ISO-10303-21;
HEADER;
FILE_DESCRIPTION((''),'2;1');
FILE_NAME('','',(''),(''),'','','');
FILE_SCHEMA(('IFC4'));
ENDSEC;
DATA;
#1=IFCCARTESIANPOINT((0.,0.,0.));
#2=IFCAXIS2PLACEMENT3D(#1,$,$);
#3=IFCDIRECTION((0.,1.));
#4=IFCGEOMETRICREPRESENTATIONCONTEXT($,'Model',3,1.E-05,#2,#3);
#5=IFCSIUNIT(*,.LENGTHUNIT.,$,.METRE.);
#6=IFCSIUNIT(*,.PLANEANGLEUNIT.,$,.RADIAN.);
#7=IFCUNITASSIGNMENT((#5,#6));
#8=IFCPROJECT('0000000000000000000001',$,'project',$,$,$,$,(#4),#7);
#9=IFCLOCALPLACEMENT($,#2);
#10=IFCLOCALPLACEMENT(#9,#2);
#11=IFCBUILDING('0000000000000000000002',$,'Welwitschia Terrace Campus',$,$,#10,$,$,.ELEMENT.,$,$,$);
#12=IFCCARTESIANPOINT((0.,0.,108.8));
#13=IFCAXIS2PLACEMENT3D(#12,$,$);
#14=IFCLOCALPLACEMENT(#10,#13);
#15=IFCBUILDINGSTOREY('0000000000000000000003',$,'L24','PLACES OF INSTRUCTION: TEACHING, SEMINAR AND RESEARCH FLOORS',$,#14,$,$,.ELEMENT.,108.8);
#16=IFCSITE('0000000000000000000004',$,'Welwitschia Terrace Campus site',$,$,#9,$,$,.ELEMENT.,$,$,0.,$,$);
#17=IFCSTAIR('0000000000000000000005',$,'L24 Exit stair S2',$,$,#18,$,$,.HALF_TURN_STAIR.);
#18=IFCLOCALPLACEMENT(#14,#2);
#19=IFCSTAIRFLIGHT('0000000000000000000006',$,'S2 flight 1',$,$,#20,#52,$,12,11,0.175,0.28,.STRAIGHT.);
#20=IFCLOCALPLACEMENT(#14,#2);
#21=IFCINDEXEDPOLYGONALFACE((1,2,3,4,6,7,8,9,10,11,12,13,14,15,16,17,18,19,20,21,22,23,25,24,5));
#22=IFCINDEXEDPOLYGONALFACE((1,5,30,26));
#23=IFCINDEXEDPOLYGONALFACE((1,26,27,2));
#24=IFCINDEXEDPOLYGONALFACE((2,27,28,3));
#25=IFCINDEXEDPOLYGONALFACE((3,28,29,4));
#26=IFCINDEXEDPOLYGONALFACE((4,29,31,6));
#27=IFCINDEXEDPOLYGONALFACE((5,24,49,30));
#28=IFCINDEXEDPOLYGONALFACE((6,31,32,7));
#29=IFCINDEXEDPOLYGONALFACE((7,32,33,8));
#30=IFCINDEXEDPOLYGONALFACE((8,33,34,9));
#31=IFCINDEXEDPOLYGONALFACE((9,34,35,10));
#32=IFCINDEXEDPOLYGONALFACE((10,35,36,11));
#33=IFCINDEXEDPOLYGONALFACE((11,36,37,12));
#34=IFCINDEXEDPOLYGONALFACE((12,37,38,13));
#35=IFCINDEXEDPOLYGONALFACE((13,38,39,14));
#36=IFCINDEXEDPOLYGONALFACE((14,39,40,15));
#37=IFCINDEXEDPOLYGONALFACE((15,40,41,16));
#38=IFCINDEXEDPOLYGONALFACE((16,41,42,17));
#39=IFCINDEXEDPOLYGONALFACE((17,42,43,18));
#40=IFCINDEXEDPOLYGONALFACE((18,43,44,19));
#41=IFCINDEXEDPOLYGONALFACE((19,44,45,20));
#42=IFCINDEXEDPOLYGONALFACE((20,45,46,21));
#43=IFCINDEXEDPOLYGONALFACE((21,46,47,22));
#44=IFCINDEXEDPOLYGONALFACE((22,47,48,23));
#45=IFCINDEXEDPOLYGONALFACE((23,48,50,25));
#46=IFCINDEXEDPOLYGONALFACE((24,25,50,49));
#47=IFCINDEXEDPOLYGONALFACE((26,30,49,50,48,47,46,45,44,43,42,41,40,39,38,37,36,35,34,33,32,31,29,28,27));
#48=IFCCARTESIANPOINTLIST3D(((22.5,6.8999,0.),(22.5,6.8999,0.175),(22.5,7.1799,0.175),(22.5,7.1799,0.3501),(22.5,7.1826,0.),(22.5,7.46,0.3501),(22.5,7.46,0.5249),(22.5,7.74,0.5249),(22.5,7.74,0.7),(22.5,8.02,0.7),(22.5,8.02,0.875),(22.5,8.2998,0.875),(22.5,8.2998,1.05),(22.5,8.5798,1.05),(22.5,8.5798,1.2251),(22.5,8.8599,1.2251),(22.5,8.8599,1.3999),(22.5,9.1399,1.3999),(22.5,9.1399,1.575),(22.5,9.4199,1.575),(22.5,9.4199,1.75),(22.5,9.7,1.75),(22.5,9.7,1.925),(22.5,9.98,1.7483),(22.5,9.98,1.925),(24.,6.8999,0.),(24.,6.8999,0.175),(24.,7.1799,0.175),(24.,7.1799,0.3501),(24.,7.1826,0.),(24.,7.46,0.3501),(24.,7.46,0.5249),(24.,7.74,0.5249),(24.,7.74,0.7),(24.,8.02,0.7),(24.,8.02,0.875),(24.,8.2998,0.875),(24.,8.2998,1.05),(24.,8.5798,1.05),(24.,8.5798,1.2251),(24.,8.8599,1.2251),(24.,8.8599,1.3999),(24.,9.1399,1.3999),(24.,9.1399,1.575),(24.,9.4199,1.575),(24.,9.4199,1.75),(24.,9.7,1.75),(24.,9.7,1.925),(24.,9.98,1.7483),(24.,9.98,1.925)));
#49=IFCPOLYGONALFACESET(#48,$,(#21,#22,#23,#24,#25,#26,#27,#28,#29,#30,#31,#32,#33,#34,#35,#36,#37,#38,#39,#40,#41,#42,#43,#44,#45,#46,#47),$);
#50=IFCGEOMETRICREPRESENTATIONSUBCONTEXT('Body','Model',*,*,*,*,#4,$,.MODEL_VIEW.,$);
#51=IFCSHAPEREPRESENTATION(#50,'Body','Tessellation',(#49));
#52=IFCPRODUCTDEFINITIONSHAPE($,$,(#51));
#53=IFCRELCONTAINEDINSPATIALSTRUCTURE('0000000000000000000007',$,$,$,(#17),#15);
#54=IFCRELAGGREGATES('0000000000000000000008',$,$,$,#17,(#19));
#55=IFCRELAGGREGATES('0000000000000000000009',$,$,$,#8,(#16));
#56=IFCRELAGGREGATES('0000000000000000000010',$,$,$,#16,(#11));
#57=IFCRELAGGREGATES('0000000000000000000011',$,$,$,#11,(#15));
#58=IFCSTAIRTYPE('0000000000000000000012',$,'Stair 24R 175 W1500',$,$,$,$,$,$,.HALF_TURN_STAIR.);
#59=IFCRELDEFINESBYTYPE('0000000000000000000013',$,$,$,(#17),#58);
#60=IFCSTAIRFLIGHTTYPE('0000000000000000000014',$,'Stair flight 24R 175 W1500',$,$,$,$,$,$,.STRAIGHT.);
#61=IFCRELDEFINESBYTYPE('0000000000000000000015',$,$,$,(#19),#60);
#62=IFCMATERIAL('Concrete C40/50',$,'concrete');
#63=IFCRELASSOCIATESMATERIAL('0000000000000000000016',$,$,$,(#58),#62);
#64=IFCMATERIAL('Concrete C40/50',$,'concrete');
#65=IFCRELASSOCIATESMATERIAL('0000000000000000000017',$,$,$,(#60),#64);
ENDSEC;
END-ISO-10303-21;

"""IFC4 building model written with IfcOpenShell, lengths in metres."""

from ifc_helpers import new_model, si_unit, direction, frame, origin, place, context, subcontext, project, spatial, polyline, outline, extrude, material, type_object, element, aggregate, save


model = new_model("IFC4")

# Units and contexts
model_context = context("Model", 3, precision=1e-05, world=origin(), true_north=direction((0.0, 1.0)))
body_context = subcontext(model_context, "Body", "Model", "MODEL_VIEW")
ifc_project = project(units=[si_unit("LENGTHUNIT", "METRE"), si_unit("PLANEANGLEUNIT", "RADIAN")], contexts=[model_context])

# Site, building, storey
site_placement = place(None, origin())
site = spatial("IfcSite", under=ifc_project, at=site_placement, Name="Welwitschia Terrace Campus site", CompositionType="ELEMENT", RefElevation=0.0)
building_placement = place(site_placement, origin())
building = spatial("IfcBuilding", under=site, at=building_placement, Name="Welwitschia Terrace Campus", CompositionType="ELEMENT")
storey_placement = place(building_placement, frame((0.0, 0.0, 108.8)))
storey = spatial("IfcBuildingStorey", under=building, at=storey_placement, Name="L24", Description="PLACES OF INSTRUCTION: TEACHING, SEMINAR AND RESEARCH FLOORS", CompositionType="ELEMENT", Elevation=108.8)

# Stair, stair flight
ifc_material_1 = material(Name="Concrete C40/50", Category="concrete")
stair_type = type_object("IfcStairType", Name="Stair 24R 175 W1500", PredefinedType="HALF_TURN_STAIR", material=ifc_material_1)
stair_placement = place(storey_placement, origin())
stair = element("IfcStair", 1, at=stair_placement, inside=storey, type_object=stair_type, Name="L24 Exit stair S2", PredefinedType="HALF_TURN_STAIR")
ifc_material_2 = material(Name="Concrete C40/50", Category="concrete")
stair_flight_type = type_object("IfcStairFlightType", Name="Stair flight 24R 175 W1500", PredefinedType="STRAIGHT", material=ifc_material_2)
stair_flight_placement = place(storey_placement, frame((23.25, 6.8999, 0.0), z_axis=(0.0, 0.0, 1.0), x_axis=(0.0, 1.0, 0.0)))
stair_flight = element("IfcStairFlight", 2, at=stair_flight_placement, type_object=stair_flight_type, Name="S2 flight 1", NumberOfRisers=12, NumberOfTreads=11, PredefinedType="STRAIGHT", RiserHeight=0.175, TreadLength=0.28, context=body_context, shape_type="SweptSolid", body=[
    extrude(outline(polyline([(0.0, 0.0), (0.0, 0.175), (0.28, 0.175), (0.28, 0.3501), (0.5601, 0.3501), (0.5601, 0.5249), (0.8401, 0.5249), (0.8401, 0.7), (1.1201, 0.7), (1.1201, 0.875), (1.3999, 0.875), (1.3999, 1.05), (1.6799, 1.05), (1.6799, 1.2251), (1.96, 1.2251), (1.96, 1.3999), (2.24, 1.3999), (2.24, 1.575), (2.52, 1.575), (2.52, 1.75), (2.8, 1.75), (2.8, 1.925), (3.0801, 1.925), (3.0801, 2.1001), (3.0801, 1.7483), (0.2827, 0.0), (0.0, 0.0)])), frame((0.0, 0.75, 0.0), z_axis=(0.0, -1.0, 0.0), x_axis=(1.0, 0.0, 0.0)), (0.0, 0.0, 1.0), 1.5),
])
aggregate(stair, [stair_flight])

save(model, "model.ifc")
